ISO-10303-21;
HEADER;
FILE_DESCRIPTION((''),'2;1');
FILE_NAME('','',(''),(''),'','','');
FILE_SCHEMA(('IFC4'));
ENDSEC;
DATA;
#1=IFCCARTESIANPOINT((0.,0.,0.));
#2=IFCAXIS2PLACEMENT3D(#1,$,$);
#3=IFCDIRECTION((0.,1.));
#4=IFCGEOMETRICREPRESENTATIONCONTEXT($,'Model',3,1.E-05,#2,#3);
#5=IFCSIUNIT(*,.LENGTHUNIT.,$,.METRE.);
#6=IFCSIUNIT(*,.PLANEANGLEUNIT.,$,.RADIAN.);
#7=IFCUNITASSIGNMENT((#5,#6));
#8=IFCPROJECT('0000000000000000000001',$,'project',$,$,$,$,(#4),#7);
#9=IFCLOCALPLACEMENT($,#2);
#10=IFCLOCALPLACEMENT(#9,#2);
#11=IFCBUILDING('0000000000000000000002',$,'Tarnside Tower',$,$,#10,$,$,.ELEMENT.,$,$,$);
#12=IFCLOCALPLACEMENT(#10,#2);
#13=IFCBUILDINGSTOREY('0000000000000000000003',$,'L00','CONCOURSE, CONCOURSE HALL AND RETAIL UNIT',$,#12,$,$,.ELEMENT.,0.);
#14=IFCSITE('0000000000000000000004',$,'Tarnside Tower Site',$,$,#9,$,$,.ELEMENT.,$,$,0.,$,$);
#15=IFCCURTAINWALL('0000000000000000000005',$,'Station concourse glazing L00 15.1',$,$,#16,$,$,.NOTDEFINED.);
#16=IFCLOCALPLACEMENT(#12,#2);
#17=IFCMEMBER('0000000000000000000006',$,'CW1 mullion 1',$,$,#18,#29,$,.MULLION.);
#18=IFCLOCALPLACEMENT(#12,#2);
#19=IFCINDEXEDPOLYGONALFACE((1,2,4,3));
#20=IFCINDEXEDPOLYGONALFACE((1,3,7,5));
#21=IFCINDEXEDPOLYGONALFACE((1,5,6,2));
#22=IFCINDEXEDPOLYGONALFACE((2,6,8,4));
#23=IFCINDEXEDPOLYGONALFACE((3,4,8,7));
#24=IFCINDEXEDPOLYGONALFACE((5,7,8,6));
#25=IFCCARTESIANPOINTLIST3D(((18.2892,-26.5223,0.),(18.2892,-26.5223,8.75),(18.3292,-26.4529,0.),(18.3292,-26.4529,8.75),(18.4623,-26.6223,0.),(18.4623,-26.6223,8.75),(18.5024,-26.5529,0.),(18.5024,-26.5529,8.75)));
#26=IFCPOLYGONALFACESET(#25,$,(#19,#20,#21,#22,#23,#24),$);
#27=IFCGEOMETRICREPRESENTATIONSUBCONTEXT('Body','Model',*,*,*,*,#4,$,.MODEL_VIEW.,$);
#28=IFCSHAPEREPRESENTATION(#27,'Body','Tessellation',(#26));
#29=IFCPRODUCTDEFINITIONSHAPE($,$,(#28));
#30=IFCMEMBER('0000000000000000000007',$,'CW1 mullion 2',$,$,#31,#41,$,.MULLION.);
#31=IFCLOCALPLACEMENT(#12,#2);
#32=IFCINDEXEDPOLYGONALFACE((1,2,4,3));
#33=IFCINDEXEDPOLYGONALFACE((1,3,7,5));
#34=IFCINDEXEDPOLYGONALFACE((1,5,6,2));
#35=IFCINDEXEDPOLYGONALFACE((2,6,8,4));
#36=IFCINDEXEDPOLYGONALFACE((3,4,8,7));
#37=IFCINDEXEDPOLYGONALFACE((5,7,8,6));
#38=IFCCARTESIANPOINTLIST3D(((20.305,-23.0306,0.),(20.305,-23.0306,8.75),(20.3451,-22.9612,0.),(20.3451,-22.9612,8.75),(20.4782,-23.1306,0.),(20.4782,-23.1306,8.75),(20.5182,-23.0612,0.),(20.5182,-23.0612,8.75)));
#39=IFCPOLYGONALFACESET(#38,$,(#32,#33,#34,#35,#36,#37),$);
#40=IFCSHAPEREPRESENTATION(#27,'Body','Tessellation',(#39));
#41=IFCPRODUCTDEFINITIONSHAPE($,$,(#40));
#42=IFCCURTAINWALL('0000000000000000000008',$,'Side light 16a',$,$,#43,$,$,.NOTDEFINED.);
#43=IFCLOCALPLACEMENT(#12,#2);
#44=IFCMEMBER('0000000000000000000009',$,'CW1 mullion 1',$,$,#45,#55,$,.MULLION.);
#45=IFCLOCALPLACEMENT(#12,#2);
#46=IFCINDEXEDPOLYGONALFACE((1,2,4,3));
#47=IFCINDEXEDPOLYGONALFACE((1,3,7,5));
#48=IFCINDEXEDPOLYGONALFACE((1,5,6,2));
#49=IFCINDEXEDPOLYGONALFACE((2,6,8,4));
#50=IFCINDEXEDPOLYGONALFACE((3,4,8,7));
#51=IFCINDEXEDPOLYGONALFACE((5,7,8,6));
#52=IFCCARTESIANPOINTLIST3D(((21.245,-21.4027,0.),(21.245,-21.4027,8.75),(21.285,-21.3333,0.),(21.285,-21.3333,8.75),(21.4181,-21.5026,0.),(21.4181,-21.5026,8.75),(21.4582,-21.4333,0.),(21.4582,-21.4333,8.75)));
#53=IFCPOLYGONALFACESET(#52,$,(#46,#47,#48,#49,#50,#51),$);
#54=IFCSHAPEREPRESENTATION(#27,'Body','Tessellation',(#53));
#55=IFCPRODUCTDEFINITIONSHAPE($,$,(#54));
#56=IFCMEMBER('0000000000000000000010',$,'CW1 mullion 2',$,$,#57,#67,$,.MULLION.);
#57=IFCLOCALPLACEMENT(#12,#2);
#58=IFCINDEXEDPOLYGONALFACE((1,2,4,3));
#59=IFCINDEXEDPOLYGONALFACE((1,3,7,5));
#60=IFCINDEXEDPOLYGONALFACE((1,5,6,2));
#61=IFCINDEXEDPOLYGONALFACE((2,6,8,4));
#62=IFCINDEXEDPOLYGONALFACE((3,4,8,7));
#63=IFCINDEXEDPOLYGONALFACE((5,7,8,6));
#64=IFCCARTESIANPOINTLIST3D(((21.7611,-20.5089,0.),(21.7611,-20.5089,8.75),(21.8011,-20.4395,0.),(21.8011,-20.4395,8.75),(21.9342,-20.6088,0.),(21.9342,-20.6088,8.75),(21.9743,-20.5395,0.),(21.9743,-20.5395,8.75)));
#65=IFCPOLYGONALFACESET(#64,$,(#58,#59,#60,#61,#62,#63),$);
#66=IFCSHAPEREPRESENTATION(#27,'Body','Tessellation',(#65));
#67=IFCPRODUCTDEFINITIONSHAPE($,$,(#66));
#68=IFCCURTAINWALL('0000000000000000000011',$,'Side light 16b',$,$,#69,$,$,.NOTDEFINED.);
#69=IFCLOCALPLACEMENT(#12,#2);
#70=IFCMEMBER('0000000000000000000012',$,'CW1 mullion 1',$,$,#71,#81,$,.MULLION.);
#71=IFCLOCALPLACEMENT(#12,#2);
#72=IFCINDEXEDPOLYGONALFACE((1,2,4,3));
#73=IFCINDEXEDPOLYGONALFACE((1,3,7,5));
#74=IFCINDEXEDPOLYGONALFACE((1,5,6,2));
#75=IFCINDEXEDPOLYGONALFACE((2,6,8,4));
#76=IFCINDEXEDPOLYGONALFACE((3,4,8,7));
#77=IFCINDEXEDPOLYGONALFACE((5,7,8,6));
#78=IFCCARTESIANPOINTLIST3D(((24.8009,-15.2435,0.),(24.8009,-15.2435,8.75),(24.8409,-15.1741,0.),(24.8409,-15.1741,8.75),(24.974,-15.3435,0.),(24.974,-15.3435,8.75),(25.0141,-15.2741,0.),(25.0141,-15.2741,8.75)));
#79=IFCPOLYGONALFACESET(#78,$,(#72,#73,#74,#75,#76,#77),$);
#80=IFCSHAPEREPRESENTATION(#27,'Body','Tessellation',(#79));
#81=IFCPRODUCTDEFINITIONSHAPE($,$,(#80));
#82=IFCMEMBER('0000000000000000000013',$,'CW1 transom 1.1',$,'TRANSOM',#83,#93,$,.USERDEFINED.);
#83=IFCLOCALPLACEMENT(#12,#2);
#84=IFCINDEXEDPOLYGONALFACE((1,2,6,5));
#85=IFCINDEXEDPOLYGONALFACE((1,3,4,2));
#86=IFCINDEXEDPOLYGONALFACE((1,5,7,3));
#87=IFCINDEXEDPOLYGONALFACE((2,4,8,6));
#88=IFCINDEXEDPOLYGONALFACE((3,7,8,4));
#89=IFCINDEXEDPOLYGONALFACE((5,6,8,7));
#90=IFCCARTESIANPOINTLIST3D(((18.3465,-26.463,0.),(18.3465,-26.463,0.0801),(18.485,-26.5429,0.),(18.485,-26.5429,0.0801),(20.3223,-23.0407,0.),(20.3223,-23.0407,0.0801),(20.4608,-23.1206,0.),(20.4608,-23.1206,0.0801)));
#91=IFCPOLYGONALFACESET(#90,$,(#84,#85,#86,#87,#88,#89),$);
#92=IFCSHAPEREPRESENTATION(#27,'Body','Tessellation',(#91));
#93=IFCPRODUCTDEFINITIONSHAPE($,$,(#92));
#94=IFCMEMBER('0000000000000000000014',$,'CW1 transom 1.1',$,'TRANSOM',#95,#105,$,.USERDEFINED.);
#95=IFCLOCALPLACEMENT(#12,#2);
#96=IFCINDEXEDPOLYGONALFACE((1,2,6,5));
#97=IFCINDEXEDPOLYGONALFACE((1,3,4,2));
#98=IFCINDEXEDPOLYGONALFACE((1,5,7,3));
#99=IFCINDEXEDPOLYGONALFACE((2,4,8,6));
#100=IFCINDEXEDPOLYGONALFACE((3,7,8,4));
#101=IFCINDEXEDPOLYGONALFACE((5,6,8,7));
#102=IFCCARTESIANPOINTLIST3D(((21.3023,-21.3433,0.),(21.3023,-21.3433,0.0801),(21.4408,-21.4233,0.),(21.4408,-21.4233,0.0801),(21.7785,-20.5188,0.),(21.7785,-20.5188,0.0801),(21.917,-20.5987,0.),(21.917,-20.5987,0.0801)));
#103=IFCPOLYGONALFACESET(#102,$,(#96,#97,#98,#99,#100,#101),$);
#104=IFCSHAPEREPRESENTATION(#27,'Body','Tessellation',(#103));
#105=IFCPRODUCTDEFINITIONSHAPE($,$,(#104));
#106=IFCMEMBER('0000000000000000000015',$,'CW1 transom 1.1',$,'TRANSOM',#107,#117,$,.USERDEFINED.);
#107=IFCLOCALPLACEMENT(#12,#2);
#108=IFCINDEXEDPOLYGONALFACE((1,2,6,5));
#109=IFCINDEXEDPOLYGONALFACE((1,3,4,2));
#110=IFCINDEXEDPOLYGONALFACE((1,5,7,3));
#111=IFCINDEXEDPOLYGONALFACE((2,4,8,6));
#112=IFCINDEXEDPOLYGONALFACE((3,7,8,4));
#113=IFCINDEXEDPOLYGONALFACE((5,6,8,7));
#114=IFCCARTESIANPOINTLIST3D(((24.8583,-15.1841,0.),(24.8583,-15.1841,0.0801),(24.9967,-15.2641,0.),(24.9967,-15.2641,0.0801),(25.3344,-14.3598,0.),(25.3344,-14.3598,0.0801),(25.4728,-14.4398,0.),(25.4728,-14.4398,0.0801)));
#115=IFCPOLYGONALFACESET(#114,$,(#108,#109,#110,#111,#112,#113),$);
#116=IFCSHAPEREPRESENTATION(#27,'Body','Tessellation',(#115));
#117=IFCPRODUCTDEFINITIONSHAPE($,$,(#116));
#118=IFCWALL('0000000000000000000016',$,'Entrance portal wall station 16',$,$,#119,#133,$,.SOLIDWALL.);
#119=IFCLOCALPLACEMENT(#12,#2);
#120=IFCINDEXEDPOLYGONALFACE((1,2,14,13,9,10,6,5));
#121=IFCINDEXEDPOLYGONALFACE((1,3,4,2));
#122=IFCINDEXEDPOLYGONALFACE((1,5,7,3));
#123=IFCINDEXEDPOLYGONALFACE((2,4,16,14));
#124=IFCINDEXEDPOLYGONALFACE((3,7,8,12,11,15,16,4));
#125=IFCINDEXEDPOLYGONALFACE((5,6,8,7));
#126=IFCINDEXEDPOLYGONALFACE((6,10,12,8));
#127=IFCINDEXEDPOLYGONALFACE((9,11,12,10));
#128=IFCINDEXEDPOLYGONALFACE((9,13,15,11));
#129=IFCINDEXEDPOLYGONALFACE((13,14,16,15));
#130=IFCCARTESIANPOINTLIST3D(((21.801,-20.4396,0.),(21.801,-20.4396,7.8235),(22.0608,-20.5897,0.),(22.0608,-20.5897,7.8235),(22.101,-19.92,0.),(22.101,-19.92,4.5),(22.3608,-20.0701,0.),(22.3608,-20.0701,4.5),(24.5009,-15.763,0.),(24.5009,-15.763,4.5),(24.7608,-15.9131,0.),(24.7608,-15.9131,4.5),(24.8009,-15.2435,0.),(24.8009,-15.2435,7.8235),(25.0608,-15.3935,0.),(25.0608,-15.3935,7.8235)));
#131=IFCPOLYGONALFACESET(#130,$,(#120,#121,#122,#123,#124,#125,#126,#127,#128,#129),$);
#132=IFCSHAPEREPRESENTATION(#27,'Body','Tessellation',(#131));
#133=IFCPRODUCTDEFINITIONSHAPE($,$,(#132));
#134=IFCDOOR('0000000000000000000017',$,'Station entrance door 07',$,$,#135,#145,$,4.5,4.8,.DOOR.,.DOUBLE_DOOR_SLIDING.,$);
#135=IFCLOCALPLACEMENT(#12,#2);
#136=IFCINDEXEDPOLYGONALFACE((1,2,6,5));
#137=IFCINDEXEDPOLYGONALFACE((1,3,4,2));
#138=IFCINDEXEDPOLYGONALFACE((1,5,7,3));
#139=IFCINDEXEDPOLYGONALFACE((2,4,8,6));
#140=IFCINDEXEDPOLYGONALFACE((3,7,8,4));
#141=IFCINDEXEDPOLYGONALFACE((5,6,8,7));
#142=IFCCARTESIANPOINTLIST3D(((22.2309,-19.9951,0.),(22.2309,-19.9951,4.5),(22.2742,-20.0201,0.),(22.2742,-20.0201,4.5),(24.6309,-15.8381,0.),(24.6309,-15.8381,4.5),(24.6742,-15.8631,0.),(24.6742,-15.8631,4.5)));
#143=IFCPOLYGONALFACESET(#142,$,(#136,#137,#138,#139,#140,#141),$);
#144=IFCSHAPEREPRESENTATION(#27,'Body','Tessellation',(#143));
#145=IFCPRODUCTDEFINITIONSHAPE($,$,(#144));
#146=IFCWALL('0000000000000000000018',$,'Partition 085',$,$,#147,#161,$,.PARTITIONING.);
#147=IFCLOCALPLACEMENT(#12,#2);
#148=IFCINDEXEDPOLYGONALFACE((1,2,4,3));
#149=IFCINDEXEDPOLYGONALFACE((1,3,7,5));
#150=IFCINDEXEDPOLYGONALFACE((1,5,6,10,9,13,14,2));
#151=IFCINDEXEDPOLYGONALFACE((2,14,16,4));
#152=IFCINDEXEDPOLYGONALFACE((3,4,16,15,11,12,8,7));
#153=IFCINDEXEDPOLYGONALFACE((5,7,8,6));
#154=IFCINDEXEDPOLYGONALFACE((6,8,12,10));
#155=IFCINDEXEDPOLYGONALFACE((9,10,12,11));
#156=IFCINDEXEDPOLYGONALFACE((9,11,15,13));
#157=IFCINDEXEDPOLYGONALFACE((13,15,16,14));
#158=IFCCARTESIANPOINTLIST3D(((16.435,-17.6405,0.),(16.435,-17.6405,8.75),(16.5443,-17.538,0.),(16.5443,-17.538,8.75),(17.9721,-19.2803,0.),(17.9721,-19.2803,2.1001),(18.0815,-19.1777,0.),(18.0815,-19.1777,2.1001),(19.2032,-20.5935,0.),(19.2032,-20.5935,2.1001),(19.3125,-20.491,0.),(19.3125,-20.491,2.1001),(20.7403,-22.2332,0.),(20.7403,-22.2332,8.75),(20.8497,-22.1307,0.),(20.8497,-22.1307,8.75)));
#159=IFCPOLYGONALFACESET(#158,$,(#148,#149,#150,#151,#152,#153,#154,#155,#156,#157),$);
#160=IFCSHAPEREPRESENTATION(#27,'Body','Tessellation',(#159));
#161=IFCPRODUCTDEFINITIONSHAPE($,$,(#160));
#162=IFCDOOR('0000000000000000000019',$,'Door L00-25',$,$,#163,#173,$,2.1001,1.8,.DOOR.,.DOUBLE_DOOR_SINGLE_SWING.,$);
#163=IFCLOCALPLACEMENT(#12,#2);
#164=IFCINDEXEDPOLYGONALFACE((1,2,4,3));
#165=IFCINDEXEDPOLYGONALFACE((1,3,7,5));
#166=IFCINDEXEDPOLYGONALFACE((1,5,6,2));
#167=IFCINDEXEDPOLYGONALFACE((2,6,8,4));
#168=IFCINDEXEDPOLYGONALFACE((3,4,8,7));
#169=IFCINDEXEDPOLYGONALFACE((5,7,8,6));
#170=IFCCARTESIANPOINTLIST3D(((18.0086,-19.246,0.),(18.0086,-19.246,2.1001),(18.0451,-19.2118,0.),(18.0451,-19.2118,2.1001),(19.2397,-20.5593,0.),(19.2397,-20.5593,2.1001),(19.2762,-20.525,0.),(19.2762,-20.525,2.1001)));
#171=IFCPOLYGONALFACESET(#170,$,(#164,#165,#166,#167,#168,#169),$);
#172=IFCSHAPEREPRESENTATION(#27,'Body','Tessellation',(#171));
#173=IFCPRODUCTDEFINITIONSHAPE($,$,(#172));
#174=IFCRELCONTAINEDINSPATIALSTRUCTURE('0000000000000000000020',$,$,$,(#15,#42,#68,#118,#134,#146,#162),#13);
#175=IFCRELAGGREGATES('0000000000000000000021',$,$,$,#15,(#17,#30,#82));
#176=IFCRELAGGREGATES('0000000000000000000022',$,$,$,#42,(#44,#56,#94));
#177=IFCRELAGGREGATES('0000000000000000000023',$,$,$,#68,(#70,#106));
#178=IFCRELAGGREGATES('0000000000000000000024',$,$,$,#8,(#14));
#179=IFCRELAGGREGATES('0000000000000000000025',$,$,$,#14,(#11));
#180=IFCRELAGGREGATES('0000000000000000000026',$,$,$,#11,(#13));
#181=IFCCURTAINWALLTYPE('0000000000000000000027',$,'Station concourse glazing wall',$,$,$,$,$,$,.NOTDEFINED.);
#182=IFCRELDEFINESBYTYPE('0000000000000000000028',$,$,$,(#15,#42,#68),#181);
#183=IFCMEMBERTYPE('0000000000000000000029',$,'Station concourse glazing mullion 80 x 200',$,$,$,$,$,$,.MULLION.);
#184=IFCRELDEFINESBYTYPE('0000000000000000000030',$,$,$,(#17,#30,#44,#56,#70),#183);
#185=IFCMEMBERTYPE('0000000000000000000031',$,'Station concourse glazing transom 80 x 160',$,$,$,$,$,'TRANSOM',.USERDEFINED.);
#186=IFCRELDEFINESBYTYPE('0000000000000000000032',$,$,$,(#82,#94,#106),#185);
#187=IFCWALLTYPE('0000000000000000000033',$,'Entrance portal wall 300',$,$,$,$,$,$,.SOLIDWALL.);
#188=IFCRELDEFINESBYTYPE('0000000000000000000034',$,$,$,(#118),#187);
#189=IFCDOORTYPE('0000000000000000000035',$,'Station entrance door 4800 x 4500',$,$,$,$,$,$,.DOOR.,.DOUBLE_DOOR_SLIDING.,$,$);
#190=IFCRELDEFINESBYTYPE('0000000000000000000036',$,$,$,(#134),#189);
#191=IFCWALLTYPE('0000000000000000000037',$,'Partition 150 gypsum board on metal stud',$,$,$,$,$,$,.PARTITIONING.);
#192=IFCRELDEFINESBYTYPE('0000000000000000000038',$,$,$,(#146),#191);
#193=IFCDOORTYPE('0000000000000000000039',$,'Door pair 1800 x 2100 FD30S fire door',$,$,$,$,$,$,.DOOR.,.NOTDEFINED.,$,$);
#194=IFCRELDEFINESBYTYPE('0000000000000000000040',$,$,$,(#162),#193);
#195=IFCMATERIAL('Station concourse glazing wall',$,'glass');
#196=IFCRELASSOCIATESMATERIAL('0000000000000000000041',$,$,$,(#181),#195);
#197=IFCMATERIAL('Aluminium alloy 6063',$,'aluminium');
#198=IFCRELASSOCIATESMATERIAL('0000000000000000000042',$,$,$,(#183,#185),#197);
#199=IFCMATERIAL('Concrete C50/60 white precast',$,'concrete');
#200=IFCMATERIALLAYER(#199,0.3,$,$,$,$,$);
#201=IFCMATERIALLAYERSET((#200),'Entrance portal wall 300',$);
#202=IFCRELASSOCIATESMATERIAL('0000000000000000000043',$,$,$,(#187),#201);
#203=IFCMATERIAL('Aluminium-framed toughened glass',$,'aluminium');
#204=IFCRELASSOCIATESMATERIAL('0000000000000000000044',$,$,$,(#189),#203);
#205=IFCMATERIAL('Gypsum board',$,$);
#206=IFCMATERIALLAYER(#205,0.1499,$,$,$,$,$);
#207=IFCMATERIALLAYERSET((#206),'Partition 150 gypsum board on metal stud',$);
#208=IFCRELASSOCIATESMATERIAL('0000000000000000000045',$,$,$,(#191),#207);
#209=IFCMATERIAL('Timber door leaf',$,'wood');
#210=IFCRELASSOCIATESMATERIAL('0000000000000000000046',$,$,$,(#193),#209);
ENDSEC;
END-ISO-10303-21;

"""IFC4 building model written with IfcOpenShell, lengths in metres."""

from ifc_helpers import new_model, si_unit, direction, frame, frame_2d, origin, origin_2d, place, context, subcontext, project, spatial, rectangle, extrude, material, layer, layer_set, material_profile, profile_set, type_object, element, fill, aggregate, save


model = new_model("IFC4")

# Units and contexts
model_context = context("Model", 3, precision=1e-05, world=origin(), true_north=direction((0.0, 1.0)))
body_context = subcontext(model_context, "Body", "Model", "MODEL_VIEW")
ifc_project = project(units=[si_unit("LENGTHUNIT", "METRE"), si_unit("PLANEANGLEUNIT", "RADIAN")], contexts=[model_context])

# Site, building, storey
site_placement = place(None, origin())
site = spatial("IfcSite", under=ifc_project, at=site_placement, Name="Tarnside Tower Site", CompositionType="ELEMENT", RefElevation=0.0)
building_placement = place(site_placement, origin())
building = spatial("IfcBuilding", under=site, at=building_placement, Name="Tarnside Tower", CompositionType="ELEMENT")
storey_placement = place(building_placement, origin())
storey = spatial("IfcBuildingStorey", under=building, at=storey_placement, Name="L00", Description="CONCOURSE, CONCOURSE HALL AND RETAIL UNIT", CompositionType="ELEMENT", Elevation=0.0)

# Shared definitions
ifc_material_1 = material(Name="Station concourse glazing wall", Category="glass")
curtain_wall_type = type_object("IfcCurtainWallType", Name="Station concourse glazing wall", PredefinedType="NOTDEFINED", material=ifc_material_1)
ifc_material_2 = material(Name="Aluminium alloy 6063", Category="aluminium")
ifc_material_profile_1 = material_profile(ifc_material_2, rectangle(XDim=0.2, YDim=0.0801, at=origin_2d()), Name="Station concourse glazing mullion 80 x 200")
ifc_profile_set_1 = profile_set([ifc_material_profile_1], Name="Aluminium alloy 6063")
member_type_1 = type_object("IfcMemberType", Name="Station concourse glazing mullion 80 x 200", PredefinedType="MULLION", material=ifc_profile_set_1)

# Curtain walls, members
curtain_wall_1_placement = place(storey_placement, origin())
curtain_wall_1 = element("IfcCurtainWall", 1, at=curtain_wall_1_placement, inside=storey, type_object=curtain_wall_type, Name="Station concourse glazing L00 15.1", PredefinedType="NOTDEFINED")
member_1_placement = place(storey_placement, frame((18.3958, -26.5376, 0.0), z_axis=(0.0, 0.0, 1.0), x_axis=(-0.866025, 0.5, 0.0)))
member_1 = element("IfcMember", 2, at=member_1_placement, type_object=member_type_1, Name="CW1 mullion 1", PredefinedType="MULLION", context=body_context, shape_type="SweptSolid", body=[
    extrude(rectangle(XDim=0.2, YDim=0.0801, at=origin_2d()), origin(), (0.0, 0.0, 1.0), 8.75),
])
member_2_placement = place(storey_placement, frame((20.4116, -23.0459, 0.0), z_axis=(0.0, 0.0, 1.0), x_axis=(-0.866025, 0.5, 0.0)))
member_2 = element("IfcMember", 3, at=member_2_placement, type_object=member_type_1, Name="CW1 mullion 2", PredefinedType="MULLION", context=body_context, shape_type="SweptSolid", body=[
    extrude(rectangle(XDim=0.2, YDim=0.0801, at=origin_2d()), origin(), (0.0, 0.0, 1.0), 8.75),
])
curtain_wall_2_placement = place(storey_placement, origin())
curtain_wall_2 = element("IfcCurtainWall", 4, at=curtain_wall_2_placement, inside=storey, type_object=curtain_wall_type, Name="Side light 16a", PredefinedType="NOTDEFINED")
member_3_placement = place(storey_placement, frame((21.3516, -21.418, 0.0), z_axis=(0.0, 0.0, 1.0), x_axis=(-0.866025, 0.5, 0.0)))
member_3 = element("IfcMember", 5, at=member_3_placement, type_object=member_type_1, Name="CW1 mullion 1", PredefinedType="MULLION", context=body_context, shape_type="SweptSolid", body=[
    extrude(rectangle(XDim=0.2, YDim=0.0801, at=origin_2d()), origin(), (0.0, 0.0, 1.0), 8.75),
])
member_4_placement = place(storey_placement, frame((21.8677, -20.5242, 0.0), z_axis=(0.0, 0.0, 1.0), x_axis=(-0.866025, 0.5, 0.0)))
member_4 = element("IfcMember", 6, at=member_4_placement, type_object=member_type_1, Name="CW1 mullion 2", PredefinedType="MULLION", context=body_context, shape_type="SweptSolid", body=[
    extrude(rectangle(XDim=0.2, YDim=0.0801, at=origin_2d()), origin(), (0.0, 0.0, 1.0), 8.75),
])

# Curtain wall, member
curtain_wall_3_placement = place(storey_placement, origin())
curtain_wall_3 = element("IfcCurtainWall", 7, at=curtain_wall_3_placement, inside=storey, type_object=curtain_wall_type, Name="Side light 16b", PredefinedType="NOTDEFINED")
member_5_placement = place(storey_placement, frame((24.9075, -15.2588, 0.0), z_axis=(0.0, 0.0, 1.0), x_axis=(-0.866025, 0.5, 0.0)))
member_5 = element("IfcMember", 8, at=member_5_placement, type_object=member_type_1, Name="CW1 mullion 1", PredefinedType="MULLION", context=body_context, shape_type="SweptSolid", body=[
    extrude(rectangle(XDim=0.2, YDim=0.0801, at=origin_2d()), origin(), (0.0, 0.0, 1.0), 8.75),
])

# Members
ifc_material_profile_2 = material_profile(ifc_material_2, rectangle(XDim=0.1599, YDim=0.0801, at=origin_2d()), Name="Station concourse glazing transom 80 x 160")
ifc_profile_set_2 = profile_set([ifc_material_profile_2], Name="Aluminium alloy 6063")
member_type_2 = type_object("IfcMemberType", Name="Station concourse glazing transom 80 x 160", ElementType="TRANSOM", PredefinedType="USERDEFINED", material=ifc_profile_set_2)
member_6_placement = place(storey_placement, frame((18.4158, -26.5029, 0.04), z_axis=(0.499986, 0.866033, 0.0), x_axis=(-0.866033, 0.499986, 0.0)))
member_6 = element("IfcMember", 9, at=member_6_placement, type_object=member_type_2, Name="CW1 transom 1.1", ObjectType="TRANSOM", PredefinedType="USERDEFINED", context=body_context, shape_type="SweptSolid", body=[
    extrude(rectangle(XDim=0.1599, YDim=0.0801, at=origin_2d()), origin(), (0.0, 0.0, 1.0), 3.9517),
])
aggregate(curtain_wall_1, [member_1, member_2, member_6])
member_7_placement = place(storey_placement, frame((21.3716, -21.3833, 0.04), z_axis=(0.500055, 0.865993, 0.0), x_axis=(-0.865993, 0.500055, 0.0)))
member_7 = element("IfcMember", 10, at=member_7_placement, type_object=member_type_2, Name="CW1 transom 1.1", ObjectType="TRANSOM", PredefinedType="USERDEFINED", context=body_context, shape_type="SweptSolid", body=[
    extrude(rectangle(XDim=0.1599, YDim=0.0801, at=origin_2d()), origin(), (0.0, 0.0, 1.0), 0.9521),
])
aggregate(curtain_wall_2, [member_3, member_4, member_7])
member_8_placement = place(storey_placement, frame((24.9275, -15.2241, 0.04), z_axis=(0.500166, 0.865929, 0.0), x_axis=(-0.865929, 0.500166, 0.0)))
member_8 = element("IfcMember", 11, at=member_8_placement, type_object=member_type_2, Name="CW1 transom 1.1", ObjectType="TRANSOM", PredefinedType="USERDEFINED", context=body_context, shape_type="SweptSolid", body=[
    extrude(rectangle(XDim=0.1599, YDim=0.0801, at=origin_2d()), origin(), (0.0, 0.0, 1.0), 0.9519),
])
aggregate(curtain_wall_3, [member_5, member_8])

# Walls, openings, doors
ifc_material_3 = material(Name="Concrete C50/60 white precast", Category="concrete")
ifc_layer_1 = layer(ifc_material_3, 0.3)
ifc_layer_set_1 = layer_set([ifc_layer_1], Name="Entrance portal wall 300")
wall_type_1 = type_object("IfcWallType", Name="Entrance portal wall 300", PredefinedType="SOLIDWALL", material=ifc_layer_set_1)
wall_1_placement = place(storey_placement, frame((21.9309, -20.5146, 0.0), z_axis=(0.0, 0.0, 1.0), x_axis=(0.49999, 0.866031, 0.0)))
wall_1 = element("IfcWall", 12, at=wall_1_placement, inside=storey, type_object=wall_type_1, Name="Entrance portal wall station 16", PredefinedType="SOLIDWALL", context=body_context, shape_type="SweptSolid", body=[
    extrude(rectangle(XDim=6.0, YDim=0.3, at=frame_2d((3.0, 0.0))), origin(), (0.0, 0.0, 1.0), 7.8235),
])
opening_1_placement = place(wall_1_placement, frame((0.6001, 0.0, 0.0)))
opening_1 = element("IfcOpeningElement", 13, at=opening_1_placement, cuts=wall_1, PredefinedType="OPENING", context=body_context, shape_type="SweptSolid", body=[
    extrude(rectangle(XDim=4.8, YDim=4.5, at=frame_2d((2.3999, 2.25))), frame((0.0, 0.1602, 0.0), z_axis=(0.0, -1.0, 0.0), x_axis=(1.0, 0.0, 0.0)), (0.0, 0.0, 1.0), 0.3201),
])
ifc_material_4 = material(Name="Aluminium-framed toughened glass", Category="aluminium")
door_type_1 = type_object("IfcDoorType", Name="Station entrance door 4800 x 4500", OperationType="DOUBLE_DOOR_SLIDING", PredefinedType="DOOR", material=ifc_material_4)
door_1_placement = place(opening_1_placement, frame((0.0, -0.0249, 0.0)))
door_1 = element("IfcDoor", 14, at=door_1_placement, inside=storey, type_object=door_type_1, Name="Station entrance door 07", OperationType="DOUBLE_DOOR_SLIDING", OverallHeight=4.5, OverallWidth=4.8, PredefinedType="DOOR", context=body_context, shape_type="SweptSolid", body=[
    extrude(rectangle(XDim=4.8, YDim=4.5, at=frame_2d((2.3999, 2.25))), frame((0.0, 0.0249, 0.0), z_axis=(0.0, -1.0, 0.0), x_axis=(1.0, 0.0, 0.0)), (0.0, 0.0, 1.0), 0.05),
])
fill(opening_1, door_1)
ifc_material_5 = material(Name="Gypsum board")
ifc_layer_2 = layer(ifc_material_5, 0.1499)
ifc_layer_set_2 = layer_set([ifc_layer_2], Name="Partition 150 gypsum board on metal stud")
wall_type_2 = type_object("IfcWallType", Name="Partition 150 gypsum board on metal stud", PredefinedType="PARTITIONING", material=ifc_layer_set_2)
wall_2_placement = place(storey_placement, frame((20.7949, -22.1819, 0.0), z_axis=(0.0, 0.0, 1.0), x_axis=(-0.683915, 0.729561, 0.0)))
wall_2 = element("IfcWall", 15, at=wall_2_placement, inside=storey, type_object=wall_type_2, Name="Partition 085", PredefinedType="PARTITIONING", context=body_context, shape_type="SweptSolid", body=[
    extrude(rectangle(XDim=6.2952, YDim=0.1499, at=frame_2d((3.1475, 0.0))), origin(), (0.0, 0.0, 1.0), 8.75),
])
opening_2_placement = place(wall_2_placement, frame((2.2476, 0.0, 0.0)))
opening_2 = element("IfcOpeningElement", 16, at=opening_2_placement, cuts=wall_2, PredefinedType="OPENING", context=body_context, shape_type="SweptSolid", body=[
    extrude(rectangle(XDim=1.8, YDim=2.1001, at=frame_2d((0.8999, 1.05))), frame((0.0, 0.085, 0.0), z_axis=(0.0, -1.0, 0.0), x_axis=(1.0, 0.0, 0.0)), (0.0, 0.0, 1.0), 0.1699),
])
ifc_material_6 = material(Name="Timber door leaf", Category="wood")
door_type_2 = type_object("IfcDoorType", Name="Door pair 1800 x 2100 FD30S fire door", OperationType="NOTDEFINED", PredefinedType="DOOR", material=ifc_material_6)
door_2_placement = place(opening_2_placement, origin())
door_2 = element("IfcDoor", 17, at=door_2_placement, inside=storey, type_object=door_type_2, Name="Door L00-25", OperationType="DOUBLE_DOOR_SINGLE_SWING", OverallHeight=2.1001, OverallWidth=1.8, PredefinedType="DOOR", context=body_context, shape_type="SweptSolid", body=[
    extrude(rectangle(XDim=1.8, YDim=2.1001, at=frame_2d((0.8999, 1.05))), frame((0.0, 0.0249, 0.0), z_axis=(0.0, -1.0, 0.0), x_axis=(1.0, 0.0, 0.0)), (0.0, 0.0, 1.0), 0.05),
])
fill(opening_2, door_2)

save(model, "model.ifc")
